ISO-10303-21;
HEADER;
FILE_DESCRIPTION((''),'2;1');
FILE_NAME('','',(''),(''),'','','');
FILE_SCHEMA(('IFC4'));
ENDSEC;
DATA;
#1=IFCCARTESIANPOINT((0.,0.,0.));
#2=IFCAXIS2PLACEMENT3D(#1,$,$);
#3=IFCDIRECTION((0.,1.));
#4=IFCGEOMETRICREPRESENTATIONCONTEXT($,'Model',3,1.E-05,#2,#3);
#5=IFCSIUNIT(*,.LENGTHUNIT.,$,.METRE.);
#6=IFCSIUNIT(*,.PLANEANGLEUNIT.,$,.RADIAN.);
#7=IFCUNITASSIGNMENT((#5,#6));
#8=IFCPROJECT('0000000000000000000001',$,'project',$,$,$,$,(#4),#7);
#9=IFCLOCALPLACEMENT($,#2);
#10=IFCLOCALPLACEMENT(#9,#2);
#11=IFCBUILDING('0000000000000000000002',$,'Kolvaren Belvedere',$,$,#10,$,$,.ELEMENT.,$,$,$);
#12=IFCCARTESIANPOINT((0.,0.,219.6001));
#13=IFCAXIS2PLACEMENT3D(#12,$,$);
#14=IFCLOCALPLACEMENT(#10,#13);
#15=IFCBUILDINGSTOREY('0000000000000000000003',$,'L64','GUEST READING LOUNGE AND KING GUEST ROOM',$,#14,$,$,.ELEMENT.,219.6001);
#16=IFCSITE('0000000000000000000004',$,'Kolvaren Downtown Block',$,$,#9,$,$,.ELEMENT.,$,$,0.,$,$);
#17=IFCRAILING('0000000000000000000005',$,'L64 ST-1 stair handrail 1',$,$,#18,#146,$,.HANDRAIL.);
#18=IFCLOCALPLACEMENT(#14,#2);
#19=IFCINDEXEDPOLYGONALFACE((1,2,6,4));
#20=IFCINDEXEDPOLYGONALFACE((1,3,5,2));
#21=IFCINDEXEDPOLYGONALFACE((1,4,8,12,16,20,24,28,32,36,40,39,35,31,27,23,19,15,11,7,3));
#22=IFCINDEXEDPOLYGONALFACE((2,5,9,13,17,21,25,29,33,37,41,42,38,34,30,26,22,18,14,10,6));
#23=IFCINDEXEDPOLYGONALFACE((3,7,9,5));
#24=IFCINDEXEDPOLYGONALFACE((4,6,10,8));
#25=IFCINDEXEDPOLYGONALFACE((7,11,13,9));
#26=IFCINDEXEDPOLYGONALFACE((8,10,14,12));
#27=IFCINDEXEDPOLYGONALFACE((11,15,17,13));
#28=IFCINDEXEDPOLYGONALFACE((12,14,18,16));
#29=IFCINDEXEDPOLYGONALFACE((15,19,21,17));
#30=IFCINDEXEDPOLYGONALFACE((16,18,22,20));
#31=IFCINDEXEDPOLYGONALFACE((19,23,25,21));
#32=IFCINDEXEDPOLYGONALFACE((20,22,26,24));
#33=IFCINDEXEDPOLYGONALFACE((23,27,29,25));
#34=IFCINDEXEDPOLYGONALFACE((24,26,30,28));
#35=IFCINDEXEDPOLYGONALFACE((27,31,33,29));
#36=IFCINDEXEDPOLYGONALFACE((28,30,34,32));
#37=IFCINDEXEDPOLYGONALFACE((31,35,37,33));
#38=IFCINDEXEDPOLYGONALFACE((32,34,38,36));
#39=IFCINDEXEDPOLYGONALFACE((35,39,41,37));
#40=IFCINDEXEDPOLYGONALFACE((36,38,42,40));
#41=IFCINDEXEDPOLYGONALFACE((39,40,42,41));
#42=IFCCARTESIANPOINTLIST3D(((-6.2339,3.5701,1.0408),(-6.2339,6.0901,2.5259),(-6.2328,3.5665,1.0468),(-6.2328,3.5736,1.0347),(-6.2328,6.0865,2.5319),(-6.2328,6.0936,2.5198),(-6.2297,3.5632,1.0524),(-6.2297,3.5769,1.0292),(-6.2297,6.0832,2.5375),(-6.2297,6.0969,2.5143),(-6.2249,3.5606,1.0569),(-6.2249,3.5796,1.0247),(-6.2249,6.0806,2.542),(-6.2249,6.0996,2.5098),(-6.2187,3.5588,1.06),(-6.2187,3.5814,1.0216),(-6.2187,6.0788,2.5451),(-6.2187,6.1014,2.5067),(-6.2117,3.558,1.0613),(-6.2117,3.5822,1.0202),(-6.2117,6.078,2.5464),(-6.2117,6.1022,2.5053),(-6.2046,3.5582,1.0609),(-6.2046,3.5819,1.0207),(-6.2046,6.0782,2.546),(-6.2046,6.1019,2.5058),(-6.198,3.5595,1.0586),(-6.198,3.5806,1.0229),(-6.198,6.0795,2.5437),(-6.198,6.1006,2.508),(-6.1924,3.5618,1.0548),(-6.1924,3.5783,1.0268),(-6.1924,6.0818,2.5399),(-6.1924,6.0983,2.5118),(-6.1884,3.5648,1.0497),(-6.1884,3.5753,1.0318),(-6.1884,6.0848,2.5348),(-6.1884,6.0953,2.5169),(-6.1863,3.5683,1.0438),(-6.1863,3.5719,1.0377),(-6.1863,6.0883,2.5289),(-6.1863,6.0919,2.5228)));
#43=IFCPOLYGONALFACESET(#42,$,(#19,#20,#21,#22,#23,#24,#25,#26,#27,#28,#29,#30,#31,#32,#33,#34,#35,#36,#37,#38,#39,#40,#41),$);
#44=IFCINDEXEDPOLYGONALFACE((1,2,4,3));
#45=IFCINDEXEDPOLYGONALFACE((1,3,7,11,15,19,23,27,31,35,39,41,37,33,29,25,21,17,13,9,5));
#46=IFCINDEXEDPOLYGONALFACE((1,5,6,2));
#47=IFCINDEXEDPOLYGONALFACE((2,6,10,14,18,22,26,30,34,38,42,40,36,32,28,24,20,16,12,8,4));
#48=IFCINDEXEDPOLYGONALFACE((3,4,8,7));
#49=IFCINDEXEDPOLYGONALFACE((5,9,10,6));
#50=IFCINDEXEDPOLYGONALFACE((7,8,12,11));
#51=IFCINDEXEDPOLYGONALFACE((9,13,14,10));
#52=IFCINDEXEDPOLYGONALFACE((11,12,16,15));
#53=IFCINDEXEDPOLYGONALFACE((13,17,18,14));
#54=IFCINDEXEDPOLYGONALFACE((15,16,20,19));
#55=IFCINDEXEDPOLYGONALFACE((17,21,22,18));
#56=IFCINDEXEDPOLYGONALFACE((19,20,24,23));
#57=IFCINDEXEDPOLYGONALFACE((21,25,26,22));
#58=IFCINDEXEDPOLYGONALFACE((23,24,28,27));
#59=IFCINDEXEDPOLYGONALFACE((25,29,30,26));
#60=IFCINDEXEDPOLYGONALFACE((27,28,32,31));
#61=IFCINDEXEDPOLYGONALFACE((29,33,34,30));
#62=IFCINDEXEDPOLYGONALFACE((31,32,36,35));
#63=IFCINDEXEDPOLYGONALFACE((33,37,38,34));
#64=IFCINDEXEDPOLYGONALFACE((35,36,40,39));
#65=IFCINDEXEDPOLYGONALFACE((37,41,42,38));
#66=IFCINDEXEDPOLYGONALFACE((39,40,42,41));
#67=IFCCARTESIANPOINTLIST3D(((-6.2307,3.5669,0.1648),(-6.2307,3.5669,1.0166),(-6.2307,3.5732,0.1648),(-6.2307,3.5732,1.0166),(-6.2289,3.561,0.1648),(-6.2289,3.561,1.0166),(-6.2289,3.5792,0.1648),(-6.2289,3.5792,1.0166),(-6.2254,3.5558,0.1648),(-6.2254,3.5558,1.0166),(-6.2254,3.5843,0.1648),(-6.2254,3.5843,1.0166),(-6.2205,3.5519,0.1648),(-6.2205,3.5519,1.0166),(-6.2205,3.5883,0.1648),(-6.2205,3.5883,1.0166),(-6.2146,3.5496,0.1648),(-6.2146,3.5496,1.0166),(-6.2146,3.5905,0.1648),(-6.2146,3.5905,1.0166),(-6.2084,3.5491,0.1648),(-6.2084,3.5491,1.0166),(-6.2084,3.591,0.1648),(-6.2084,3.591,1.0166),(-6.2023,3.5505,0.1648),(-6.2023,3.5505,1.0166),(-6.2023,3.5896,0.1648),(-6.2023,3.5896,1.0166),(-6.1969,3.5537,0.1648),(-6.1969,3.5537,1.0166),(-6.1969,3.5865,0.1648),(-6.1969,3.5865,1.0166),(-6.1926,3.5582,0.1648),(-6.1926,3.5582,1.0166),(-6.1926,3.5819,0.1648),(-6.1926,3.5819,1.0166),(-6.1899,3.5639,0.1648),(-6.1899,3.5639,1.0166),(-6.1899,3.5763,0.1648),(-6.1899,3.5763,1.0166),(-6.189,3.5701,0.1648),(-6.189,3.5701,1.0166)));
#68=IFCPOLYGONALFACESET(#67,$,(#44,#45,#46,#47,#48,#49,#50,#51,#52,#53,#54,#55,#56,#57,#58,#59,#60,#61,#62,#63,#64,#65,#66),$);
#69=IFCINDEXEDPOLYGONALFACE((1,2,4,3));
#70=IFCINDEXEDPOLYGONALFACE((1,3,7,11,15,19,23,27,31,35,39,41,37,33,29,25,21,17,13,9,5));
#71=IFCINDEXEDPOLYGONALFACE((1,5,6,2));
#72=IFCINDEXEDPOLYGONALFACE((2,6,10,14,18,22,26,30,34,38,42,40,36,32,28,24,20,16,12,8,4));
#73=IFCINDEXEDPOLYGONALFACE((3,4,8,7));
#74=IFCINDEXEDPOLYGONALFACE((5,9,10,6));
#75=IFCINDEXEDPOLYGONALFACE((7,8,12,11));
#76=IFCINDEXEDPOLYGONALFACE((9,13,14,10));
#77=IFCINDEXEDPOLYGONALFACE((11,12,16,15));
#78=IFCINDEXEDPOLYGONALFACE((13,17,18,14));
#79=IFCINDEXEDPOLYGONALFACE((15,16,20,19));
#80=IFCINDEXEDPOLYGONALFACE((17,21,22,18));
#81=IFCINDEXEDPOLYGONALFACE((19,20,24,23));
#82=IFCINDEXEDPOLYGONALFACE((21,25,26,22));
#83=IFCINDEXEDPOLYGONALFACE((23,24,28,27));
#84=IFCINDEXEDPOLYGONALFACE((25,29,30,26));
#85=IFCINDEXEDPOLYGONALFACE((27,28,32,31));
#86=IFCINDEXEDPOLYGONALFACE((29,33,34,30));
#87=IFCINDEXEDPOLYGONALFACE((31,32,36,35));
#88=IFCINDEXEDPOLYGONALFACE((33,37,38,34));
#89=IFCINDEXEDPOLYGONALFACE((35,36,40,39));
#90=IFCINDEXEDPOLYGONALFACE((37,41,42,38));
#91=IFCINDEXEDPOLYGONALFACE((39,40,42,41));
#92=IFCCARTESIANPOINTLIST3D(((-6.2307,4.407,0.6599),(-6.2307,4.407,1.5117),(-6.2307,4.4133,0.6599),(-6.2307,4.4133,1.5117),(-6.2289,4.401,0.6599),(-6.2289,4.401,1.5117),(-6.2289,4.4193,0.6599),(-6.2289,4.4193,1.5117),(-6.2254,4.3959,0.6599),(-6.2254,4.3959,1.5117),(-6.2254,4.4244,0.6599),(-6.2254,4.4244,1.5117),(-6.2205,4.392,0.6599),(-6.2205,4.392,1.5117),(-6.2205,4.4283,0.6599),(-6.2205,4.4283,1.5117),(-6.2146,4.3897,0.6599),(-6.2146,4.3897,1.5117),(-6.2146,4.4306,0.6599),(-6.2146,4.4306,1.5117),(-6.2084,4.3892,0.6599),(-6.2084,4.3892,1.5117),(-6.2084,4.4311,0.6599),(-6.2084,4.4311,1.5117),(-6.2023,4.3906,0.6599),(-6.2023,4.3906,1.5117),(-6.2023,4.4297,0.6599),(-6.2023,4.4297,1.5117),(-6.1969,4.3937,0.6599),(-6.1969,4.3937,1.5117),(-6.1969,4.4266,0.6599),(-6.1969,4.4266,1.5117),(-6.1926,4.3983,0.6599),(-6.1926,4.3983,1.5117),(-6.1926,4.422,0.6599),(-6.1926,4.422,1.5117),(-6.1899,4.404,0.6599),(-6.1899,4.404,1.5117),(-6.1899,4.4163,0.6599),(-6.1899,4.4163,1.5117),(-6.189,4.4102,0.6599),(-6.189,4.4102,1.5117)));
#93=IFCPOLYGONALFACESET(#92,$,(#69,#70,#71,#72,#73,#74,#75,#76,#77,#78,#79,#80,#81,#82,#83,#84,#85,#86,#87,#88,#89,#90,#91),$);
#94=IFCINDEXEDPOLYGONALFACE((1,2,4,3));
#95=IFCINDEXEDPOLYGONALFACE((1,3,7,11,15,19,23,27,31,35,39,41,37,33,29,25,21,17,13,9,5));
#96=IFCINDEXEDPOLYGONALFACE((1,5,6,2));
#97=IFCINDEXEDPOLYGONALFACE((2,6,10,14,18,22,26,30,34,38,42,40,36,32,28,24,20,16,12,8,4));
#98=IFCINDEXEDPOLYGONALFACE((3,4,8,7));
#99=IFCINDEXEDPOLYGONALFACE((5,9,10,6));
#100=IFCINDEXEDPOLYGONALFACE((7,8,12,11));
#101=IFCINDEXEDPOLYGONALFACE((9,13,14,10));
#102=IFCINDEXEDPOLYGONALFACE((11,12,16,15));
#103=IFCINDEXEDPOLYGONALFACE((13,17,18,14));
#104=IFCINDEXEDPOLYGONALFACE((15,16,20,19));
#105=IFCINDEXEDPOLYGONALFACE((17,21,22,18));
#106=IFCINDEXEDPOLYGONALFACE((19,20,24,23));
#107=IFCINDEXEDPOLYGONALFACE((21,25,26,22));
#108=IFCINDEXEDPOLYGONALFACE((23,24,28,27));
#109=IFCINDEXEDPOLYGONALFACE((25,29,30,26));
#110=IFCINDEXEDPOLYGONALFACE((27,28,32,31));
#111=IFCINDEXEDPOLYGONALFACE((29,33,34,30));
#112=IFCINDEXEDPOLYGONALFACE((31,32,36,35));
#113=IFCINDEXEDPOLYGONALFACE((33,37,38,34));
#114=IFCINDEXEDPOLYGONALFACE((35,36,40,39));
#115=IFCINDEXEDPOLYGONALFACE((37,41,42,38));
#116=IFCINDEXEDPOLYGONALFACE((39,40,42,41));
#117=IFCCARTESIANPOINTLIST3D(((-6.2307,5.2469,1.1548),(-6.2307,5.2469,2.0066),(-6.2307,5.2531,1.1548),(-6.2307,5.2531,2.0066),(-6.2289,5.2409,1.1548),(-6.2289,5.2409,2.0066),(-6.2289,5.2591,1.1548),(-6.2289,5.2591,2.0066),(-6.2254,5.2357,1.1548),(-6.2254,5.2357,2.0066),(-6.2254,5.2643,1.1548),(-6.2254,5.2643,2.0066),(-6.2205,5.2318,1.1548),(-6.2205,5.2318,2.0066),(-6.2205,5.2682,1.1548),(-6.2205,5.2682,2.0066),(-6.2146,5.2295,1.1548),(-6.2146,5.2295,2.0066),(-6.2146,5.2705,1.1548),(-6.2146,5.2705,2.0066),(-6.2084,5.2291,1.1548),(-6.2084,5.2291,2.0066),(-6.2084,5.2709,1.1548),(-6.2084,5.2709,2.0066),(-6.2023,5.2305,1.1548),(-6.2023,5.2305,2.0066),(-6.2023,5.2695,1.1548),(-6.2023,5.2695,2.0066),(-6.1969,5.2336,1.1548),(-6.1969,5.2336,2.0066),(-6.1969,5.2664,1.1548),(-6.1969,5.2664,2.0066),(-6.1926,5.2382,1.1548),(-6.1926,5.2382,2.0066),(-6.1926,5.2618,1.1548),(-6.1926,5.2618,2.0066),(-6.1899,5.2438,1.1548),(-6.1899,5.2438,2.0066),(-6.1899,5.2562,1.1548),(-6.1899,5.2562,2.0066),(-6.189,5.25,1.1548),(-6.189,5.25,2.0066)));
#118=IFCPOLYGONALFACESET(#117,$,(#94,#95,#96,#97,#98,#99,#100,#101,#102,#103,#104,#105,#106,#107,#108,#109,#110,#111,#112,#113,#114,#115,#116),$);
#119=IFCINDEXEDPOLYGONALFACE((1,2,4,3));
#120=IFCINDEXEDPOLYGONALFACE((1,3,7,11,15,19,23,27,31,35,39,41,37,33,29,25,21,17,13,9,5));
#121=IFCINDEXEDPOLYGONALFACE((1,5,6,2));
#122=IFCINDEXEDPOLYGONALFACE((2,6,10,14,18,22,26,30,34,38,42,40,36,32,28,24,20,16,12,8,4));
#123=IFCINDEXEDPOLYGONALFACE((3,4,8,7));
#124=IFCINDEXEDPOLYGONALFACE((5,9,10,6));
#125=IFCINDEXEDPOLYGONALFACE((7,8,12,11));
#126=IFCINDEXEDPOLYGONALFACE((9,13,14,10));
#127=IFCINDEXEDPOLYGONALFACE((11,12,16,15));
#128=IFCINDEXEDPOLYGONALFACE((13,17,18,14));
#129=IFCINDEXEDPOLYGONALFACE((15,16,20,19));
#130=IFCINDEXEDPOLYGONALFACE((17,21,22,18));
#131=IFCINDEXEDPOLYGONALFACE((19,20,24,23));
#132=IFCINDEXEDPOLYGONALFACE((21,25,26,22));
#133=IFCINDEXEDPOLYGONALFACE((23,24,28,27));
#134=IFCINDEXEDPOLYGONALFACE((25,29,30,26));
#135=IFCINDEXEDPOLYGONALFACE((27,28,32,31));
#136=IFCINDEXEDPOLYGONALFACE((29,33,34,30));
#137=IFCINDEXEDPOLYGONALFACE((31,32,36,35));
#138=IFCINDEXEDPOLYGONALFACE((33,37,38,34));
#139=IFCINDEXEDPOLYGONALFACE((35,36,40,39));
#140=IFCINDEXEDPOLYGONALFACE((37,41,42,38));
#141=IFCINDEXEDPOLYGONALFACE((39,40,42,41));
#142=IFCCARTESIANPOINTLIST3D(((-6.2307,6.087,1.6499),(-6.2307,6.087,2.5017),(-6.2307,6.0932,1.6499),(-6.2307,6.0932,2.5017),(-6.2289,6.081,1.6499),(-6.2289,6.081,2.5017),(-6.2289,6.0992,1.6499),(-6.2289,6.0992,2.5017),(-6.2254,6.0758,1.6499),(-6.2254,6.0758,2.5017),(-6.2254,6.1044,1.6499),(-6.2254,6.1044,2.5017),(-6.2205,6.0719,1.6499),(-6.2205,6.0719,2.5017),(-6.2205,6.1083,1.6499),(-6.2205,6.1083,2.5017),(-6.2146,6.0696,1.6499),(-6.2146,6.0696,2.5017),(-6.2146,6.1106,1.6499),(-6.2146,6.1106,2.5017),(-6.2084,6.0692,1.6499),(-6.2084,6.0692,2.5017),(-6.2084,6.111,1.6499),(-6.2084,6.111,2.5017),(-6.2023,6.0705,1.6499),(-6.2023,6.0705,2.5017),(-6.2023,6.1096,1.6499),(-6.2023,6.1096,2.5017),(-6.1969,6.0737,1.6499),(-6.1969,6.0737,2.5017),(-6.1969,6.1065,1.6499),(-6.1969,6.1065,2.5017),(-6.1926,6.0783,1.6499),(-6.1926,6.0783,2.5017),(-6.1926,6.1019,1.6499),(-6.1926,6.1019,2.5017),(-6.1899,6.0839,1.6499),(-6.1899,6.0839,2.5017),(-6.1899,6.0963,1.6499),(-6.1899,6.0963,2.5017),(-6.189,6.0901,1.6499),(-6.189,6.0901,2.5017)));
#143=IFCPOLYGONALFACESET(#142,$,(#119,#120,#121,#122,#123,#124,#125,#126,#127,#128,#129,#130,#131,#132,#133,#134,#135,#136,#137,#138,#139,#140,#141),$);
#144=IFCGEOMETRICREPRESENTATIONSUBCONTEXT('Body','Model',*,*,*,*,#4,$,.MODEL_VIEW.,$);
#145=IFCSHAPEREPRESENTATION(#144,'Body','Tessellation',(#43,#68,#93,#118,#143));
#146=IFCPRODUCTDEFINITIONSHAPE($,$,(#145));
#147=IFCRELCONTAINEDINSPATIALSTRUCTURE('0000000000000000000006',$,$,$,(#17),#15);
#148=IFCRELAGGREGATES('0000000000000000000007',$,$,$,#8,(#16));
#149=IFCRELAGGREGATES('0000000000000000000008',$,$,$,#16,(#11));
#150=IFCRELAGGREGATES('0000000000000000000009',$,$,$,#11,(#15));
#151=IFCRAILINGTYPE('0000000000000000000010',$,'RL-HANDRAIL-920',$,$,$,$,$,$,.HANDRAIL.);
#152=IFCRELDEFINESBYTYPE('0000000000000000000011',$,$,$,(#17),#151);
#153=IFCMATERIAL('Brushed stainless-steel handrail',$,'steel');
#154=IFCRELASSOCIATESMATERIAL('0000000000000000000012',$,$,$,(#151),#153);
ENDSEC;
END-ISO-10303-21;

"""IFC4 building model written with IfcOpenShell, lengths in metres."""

from ifc_helpers import new_model, si_unit, direction, frame, origin, origin_2d, place, context, subcontext, project, spatial, circle, extrude, material, type_object, element, save


model = new_model("IFC4")

# Units and contexts
model_context = context("Model", 3, precision=1e-05, world=origin(), true_north=direction((0.0, 1.0)))
body_context = subcontext(model_context, "Body", "Model", "MODEL_VIEW")
ifc_project = project(units=[si_unit("LENGTHUNIT", "METRE"), si_unit("PLANEANGLEUNIT", "RADIAN")], contexts=[model_context])

# Site, building, storey
site_placement = place(None, origin())
site = spatial("IfcSite", under=ifc_project, at=site_placement, Name="Kolvaren Downtown Block", CompositionType="ELEMENT", RefElevation=0.0)
building_placement = place(site_placement, origin())
building = spatial("IfcBuilding", under=site, at=building_placement, Name="Kolvaren Belvedere", CompositionType="ELEMENT")
storey_placement = place(building_placement, frame((0.0, 0.0, 219.6001)))
storey = spatial("IfcBuildingStorey", under=building, at=storey_placement, Name="L64", Description="GUEST READING LOUNGE AND KING GUEST ROOM", CompositionType="ELEMENT", Elevation=219.6001)

# Railing
ifc_material_1 = material(Name="Brushed stainless-steel handrail", Category="steel")
railing_type_1 = type_object("IfcRailingType", Name="RL-HANDRAIL-920", PredefinedType="HANDRAIL", material=ifc_material_1)
railing_1_placement = place(storey_placement, frame((-6.21, 3.5701, 0.1648)))
element("IfcRailing", 1, at=railing_1_placement, inside=storey, type_object=railing_type_1, Name="L64 ST-1 stair handrail 1", PredefinedType="HANDRAIL", context=body_context, shape_type="SweptSolid", body=[
    extrude(circle(Radius=0.0239, at=origin_2d()), frame((0.0, 0.0, 0.876), z_axis=(0.0, 0.861524, 0.507717), x_axis=(-1.0, 0.0, 0.0)), (0.0, 0.0, 1.0), 2.925),
    extrude(circle(Radius=0.021, at=origin_2d()), origin(), (0.0, 0.0, 1.0), 0.8518),
    extrude(circle(Radius=0.021, at=origin_2d()), frame((0.0, 0.8401, 0.4951)), (0.0, 0.0, 1.0), 0.8518),
    extrude(circle(Radius=0.021, at=origin_2d()), frame((0.0, 1.6799, 0.99)), (0.0, 0.0, 1.0), 0.8518),
    extrude(circle(Radius=0.021, at=origin_2d()), frame((0.0, 2.52, 1.4851)), (0.0, 0.0, 1.0), 0.8518),
])

save(model, "model.ifc")
